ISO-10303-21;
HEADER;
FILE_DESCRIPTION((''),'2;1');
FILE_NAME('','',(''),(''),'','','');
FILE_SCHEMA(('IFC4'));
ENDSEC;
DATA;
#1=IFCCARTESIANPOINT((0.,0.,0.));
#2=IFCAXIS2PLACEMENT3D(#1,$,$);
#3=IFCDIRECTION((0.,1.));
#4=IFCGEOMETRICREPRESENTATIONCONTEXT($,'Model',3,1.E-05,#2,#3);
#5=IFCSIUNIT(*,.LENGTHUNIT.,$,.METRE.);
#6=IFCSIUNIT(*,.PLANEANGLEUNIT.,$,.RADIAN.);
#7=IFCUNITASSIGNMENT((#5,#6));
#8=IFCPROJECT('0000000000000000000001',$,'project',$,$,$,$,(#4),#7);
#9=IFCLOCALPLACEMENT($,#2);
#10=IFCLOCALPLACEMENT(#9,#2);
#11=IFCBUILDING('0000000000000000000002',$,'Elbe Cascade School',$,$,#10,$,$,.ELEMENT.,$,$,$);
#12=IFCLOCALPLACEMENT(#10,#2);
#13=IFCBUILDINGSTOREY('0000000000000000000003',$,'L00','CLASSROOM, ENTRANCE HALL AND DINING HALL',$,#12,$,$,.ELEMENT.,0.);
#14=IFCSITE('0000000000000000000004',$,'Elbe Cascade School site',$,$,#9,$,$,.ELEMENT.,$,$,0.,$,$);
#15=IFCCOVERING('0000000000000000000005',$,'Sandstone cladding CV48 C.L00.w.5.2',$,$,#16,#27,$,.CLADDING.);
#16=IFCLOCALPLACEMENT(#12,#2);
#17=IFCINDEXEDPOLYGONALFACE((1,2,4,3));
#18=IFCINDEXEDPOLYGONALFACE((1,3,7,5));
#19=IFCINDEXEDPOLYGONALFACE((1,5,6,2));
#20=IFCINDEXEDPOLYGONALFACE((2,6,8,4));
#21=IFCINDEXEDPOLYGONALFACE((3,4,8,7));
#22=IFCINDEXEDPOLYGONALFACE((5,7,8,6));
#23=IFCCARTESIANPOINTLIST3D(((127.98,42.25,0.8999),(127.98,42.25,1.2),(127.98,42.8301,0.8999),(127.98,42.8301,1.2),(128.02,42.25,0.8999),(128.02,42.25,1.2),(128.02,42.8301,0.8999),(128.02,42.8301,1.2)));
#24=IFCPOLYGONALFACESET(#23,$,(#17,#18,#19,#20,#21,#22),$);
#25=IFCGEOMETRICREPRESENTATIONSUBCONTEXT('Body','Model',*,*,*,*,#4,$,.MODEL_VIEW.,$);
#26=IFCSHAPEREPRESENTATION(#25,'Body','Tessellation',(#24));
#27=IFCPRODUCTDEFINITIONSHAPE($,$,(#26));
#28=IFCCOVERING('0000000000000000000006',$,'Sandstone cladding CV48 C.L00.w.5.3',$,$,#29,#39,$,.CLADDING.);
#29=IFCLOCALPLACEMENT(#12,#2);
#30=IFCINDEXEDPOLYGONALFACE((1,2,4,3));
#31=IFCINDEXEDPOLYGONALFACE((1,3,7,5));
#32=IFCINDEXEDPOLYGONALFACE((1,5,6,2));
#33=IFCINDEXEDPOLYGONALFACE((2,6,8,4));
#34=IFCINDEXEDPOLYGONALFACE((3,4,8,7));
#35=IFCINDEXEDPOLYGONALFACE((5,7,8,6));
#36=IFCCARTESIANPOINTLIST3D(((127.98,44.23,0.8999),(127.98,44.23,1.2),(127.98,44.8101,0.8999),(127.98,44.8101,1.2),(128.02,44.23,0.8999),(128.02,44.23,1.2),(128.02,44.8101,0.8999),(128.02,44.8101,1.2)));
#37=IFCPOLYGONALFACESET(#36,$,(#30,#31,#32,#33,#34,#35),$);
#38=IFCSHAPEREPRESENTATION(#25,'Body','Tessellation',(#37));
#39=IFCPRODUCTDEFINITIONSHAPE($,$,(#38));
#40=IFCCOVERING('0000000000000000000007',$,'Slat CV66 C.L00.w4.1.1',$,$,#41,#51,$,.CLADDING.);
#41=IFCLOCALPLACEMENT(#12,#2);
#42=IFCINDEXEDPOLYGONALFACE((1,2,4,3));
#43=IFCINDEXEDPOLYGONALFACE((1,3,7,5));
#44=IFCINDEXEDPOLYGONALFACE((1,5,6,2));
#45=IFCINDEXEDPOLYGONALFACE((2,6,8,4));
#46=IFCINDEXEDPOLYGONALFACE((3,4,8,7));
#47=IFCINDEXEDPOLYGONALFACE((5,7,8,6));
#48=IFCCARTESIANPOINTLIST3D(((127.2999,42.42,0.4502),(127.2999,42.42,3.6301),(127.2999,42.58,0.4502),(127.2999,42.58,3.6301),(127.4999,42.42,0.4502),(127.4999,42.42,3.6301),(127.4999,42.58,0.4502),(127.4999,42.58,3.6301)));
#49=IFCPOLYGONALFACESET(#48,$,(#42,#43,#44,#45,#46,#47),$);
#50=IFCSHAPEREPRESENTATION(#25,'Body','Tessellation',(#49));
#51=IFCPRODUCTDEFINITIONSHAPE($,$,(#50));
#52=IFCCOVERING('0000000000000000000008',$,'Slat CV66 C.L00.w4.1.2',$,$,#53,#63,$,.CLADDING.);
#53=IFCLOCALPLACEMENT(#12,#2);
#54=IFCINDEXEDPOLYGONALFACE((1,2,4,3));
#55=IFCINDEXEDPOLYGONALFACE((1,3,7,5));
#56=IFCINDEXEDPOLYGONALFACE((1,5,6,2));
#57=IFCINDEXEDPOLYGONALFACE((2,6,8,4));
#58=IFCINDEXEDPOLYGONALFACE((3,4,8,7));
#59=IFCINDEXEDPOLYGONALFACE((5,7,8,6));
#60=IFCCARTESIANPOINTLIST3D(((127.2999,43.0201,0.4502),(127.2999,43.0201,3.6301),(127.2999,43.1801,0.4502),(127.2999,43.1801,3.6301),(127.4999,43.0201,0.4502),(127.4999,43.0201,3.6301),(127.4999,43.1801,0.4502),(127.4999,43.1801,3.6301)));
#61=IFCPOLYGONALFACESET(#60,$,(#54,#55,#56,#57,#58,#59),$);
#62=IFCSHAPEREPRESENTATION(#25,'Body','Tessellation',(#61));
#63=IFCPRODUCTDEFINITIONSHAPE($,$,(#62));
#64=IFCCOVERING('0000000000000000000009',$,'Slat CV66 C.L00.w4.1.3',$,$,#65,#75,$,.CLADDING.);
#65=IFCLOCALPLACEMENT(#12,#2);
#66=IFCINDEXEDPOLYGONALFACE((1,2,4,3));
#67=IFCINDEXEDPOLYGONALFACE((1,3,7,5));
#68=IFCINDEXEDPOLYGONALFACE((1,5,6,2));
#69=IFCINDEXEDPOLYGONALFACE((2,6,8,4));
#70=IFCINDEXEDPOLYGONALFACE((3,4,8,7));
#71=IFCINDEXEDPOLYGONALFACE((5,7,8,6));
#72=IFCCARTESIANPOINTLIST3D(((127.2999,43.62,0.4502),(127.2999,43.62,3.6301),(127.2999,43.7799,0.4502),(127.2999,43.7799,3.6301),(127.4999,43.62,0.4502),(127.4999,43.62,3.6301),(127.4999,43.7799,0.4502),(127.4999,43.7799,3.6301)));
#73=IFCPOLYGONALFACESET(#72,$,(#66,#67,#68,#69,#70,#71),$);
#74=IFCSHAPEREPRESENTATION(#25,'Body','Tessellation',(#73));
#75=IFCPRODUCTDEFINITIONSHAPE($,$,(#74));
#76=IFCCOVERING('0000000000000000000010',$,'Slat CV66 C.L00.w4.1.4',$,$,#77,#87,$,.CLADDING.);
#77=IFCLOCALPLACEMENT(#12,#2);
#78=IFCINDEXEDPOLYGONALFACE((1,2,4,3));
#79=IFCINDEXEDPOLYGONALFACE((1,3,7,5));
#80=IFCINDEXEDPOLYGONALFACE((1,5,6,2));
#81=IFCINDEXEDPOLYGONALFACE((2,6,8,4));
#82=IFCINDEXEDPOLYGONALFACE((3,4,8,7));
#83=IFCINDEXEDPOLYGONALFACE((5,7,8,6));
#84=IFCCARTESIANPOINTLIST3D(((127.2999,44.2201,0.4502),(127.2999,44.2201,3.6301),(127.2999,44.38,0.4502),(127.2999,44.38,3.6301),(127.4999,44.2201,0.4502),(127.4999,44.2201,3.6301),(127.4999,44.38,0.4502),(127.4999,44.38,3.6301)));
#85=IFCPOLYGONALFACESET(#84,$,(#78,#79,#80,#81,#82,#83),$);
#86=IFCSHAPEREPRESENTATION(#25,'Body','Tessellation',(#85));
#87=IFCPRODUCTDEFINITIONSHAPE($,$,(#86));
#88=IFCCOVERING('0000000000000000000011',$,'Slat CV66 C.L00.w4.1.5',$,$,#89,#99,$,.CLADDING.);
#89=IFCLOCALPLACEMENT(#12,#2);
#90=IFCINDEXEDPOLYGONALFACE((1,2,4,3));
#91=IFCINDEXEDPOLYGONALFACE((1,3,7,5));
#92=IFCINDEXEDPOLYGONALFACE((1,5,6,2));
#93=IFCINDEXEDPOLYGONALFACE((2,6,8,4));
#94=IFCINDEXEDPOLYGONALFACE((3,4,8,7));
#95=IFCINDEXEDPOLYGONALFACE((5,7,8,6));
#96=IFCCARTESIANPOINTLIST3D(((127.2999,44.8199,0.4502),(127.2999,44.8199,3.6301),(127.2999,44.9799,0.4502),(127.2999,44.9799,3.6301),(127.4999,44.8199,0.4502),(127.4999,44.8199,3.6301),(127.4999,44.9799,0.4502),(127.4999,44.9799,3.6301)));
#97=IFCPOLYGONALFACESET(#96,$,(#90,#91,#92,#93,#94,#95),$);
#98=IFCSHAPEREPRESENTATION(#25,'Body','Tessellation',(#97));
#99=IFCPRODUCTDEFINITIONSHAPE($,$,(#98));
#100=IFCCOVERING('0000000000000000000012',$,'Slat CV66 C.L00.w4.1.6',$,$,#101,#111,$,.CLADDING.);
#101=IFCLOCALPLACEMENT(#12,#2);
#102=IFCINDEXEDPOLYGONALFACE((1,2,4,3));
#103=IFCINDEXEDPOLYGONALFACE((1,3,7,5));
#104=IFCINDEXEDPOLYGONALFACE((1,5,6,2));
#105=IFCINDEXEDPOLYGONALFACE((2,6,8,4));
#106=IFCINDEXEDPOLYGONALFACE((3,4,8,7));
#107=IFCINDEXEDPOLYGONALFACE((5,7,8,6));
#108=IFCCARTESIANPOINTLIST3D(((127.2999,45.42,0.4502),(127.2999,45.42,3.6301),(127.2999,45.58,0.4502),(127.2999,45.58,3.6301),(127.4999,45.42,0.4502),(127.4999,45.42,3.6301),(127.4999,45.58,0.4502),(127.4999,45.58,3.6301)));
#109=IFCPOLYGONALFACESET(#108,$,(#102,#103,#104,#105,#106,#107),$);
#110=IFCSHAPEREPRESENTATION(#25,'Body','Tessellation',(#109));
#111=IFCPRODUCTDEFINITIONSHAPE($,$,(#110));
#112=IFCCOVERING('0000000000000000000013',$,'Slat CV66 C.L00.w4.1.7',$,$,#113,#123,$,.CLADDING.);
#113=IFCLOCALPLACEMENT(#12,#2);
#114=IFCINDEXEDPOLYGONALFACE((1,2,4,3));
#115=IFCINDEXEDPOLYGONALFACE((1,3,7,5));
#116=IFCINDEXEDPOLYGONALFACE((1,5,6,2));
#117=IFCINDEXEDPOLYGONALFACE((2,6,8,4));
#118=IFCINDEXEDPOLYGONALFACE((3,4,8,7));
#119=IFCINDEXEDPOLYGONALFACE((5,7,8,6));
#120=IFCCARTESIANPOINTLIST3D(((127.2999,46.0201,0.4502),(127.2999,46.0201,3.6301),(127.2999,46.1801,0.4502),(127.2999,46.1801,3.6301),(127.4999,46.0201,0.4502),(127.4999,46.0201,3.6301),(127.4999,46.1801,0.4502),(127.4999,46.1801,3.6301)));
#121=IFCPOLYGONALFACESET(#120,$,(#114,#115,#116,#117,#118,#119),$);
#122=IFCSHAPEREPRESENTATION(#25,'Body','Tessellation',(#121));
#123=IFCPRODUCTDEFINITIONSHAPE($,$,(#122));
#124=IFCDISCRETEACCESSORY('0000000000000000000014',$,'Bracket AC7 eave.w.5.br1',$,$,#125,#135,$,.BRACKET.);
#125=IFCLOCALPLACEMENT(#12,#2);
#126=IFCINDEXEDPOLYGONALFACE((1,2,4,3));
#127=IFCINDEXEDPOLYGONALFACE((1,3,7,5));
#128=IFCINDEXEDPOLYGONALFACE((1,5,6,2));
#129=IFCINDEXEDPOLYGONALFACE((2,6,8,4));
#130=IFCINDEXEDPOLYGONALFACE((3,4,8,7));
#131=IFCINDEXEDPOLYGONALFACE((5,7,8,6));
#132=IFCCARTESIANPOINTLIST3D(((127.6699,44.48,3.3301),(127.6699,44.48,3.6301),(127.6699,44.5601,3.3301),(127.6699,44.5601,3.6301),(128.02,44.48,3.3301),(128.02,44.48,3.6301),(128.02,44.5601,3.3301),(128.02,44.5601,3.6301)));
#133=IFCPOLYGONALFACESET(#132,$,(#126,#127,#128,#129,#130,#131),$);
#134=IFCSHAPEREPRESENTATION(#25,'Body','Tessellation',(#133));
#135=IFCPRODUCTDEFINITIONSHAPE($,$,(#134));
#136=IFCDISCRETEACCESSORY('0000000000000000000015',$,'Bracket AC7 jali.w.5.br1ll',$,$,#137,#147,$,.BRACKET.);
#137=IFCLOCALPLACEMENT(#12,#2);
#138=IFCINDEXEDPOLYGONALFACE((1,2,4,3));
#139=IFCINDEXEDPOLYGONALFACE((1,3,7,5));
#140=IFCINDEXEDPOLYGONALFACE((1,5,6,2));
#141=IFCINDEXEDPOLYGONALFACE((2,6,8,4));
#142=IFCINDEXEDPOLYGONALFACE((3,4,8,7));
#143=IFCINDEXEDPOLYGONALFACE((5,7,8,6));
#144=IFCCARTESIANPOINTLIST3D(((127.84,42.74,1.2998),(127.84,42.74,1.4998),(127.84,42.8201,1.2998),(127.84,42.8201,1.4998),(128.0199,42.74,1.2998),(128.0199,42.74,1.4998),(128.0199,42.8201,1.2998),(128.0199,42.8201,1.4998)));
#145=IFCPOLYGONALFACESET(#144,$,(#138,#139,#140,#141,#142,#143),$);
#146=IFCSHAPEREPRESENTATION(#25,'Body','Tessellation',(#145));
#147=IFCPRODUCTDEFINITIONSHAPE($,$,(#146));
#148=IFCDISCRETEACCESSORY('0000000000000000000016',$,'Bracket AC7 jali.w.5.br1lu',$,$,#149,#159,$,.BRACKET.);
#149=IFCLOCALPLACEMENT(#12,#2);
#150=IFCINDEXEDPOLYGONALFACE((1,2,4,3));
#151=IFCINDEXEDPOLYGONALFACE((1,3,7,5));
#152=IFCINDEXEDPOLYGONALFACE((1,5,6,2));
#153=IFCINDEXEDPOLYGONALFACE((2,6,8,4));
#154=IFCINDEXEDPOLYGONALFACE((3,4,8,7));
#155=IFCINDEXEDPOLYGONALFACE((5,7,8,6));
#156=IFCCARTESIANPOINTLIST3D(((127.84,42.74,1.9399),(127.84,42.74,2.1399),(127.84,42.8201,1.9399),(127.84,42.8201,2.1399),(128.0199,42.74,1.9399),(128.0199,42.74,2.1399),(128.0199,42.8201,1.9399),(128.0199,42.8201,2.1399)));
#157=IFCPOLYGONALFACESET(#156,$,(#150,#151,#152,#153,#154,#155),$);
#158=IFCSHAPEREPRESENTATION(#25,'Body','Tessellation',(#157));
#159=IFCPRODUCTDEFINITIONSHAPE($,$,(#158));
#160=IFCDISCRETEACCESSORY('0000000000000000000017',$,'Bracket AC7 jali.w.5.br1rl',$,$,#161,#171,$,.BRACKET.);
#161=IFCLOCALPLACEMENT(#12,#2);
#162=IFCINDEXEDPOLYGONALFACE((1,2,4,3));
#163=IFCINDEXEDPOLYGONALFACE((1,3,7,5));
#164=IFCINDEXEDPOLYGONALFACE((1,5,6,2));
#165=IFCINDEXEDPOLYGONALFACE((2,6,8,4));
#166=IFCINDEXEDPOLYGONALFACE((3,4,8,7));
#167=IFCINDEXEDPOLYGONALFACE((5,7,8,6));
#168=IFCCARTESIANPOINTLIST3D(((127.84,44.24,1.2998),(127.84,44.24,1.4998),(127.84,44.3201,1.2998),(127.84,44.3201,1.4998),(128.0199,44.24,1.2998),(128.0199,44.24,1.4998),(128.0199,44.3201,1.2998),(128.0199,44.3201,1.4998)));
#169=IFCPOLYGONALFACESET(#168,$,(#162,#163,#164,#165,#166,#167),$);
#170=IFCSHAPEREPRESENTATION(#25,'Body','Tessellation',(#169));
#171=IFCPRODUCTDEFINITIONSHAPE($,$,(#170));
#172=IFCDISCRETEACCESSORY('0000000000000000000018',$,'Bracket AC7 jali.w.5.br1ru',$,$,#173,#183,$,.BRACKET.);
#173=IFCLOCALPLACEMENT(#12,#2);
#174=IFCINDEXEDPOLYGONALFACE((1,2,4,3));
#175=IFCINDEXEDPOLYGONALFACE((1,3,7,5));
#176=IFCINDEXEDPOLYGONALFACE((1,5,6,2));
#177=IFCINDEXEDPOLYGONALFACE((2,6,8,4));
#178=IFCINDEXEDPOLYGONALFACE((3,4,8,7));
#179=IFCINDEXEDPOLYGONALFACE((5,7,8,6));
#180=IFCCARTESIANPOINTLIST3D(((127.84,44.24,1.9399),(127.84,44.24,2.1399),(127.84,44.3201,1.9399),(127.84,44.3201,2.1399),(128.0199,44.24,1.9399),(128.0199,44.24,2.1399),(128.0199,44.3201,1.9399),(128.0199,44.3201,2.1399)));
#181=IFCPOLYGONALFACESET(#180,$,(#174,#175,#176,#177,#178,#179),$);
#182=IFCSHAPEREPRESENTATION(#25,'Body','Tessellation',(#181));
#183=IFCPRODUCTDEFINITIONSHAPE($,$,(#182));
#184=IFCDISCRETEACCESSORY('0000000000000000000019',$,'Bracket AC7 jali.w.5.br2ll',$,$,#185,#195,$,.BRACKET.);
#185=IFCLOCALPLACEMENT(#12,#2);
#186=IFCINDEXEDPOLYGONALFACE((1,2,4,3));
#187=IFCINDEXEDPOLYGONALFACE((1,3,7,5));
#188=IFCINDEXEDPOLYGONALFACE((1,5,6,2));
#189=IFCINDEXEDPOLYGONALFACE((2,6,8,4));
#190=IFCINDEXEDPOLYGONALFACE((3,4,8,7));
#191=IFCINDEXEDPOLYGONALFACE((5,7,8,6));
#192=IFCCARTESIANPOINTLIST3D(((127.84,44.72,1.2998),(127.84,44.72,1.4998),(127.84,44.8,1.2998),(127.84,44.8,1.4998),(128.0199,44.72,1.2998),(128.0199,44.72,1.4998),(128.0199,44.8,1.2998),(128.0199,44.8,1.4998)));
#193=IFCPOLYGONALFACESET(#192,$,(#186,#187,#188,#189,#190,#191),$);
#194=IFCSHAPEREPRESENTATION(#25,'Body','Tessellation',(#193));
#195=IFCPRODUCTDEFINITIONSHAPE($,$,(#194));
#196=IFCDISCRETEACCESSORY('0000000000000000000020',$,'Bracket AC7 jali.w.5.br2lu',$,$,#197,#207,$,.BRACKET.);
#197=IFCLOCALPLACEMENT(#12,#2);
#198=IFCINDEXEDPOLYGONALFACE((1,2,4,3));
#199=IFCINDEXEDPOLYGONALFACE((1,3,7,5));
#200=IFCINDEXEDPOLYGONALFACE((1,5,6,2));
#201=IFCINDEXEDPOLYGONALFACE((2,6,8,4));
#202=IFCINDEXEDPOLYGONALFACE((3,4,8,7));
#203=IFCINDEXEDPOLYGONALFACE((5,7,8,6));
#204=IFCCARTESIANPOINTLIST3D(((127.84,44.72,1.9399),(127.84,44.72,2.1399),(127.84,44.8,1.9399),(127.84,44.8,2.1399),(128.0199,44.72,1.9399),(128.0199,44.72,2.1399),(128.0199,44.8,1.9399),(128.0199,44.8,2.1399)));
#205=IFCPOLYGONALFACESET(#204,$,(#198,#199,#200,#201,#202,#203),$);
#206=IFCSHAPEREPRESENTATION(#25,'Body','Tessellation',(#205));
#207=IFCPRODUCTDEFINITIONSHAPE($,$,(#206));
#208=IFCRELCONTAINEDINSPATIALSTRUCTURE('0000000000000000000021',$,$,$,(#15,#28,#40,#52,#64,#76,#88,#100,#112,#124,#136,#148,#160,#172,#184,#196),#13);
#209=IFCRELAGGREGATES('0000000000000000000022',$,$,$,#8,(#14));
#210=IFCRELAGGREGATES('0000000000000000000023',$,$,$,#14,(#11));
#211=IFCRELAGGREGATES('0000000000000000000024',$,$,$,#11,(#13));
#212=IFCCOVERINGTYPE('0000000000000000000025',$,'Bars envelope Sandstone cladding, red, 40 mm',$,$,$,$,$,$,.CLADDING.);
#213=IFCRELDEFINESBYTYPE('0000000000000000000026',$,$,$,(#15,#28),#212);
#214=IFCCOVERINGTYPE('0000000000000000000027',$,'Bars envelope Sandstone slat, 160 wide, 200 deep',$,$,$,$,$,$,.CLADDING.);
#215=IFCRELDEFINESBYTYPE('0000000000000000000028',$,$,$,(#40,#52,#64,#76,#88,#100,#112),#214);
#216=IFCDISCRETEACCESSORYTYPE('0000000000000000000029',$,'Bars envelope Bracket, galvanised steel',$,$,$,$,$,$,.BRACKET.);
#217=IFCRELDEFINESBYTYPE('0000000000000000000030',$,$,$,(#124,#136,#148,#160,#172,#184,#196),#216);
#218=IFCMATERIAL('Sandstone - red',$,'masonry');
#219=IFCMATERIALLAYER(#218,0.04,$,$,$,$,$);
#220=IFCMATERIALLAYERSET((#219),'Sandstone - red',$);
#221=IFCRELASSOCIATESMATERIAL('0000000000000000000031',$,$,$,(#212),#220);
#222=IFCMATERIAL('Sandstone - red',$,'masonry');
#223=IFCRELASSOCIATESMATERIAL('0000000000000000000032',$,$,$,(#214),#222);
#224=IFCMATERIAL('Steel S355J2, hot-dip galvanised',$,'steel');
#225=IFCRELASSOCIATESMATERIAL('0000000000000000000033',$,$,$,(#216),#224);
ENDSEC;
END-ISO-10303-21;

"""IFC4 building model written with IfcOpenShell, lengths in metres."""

from ifc_helpers import new_model, si_unit, direction, frame, origin, origin_2d, place, context, subcontext, project, spatial, rectangle, extrude, material, layer, layer_set, type_object, element, save


model = new_model("IFC4")

# Units and contexts
model_context = context("Model", 3, precision=1e-05, world=origin(), true_north=direction((0.0, 1.0)))
body_context = subcontext(model_context, "Body", "Model", "MODEL_VIEW")
ifc_project = project(units=[si_unit("LENGTHUNIT", "METRE"), si_unit("PLANEANGLEUNIT", "RADIAN")], contexts=[model_context])

# Site, building, storey
site_placement = place(None, origin())
site = spatial("IfcSite", under=ifc_project, at=site_placement, Name="Elbe Cascade School site", CompositionType="ELEMENT", RefElevation=0.0)
building_placement = place(site_placement, origin())
building = spatial("IfcBuilding", under=site, at=building_placement, Name="Elbe Cascade School", CompositionType="ELEMENT")
storey_placement = place(building_placement, origin())
storey = spatial("IfcBuildingStorey", under=building, at=storey_placement, Name="L00", Description="CLASSROOM, ENTRANCE HALL AND DINING HALL", CompositionType="ELEMENT", Elevation=0.0)

# Coverings
ifc_material_1 = material(Name="Sandstone - red", Category="masonry")
ifc_layer_1 = layer(ifc_material_1, 0.04)
ifc_layer_set_1 = layer_set([ifc_layer_1], Name="Sandstone - red")
covering_type_1 = type_object("IfcCoveringType", Name="Bars envelope Sandstone cladding, red, 40 mm", PredefinedType="CLADDING", material=ifc_layer_set_1)
for number, where, z_axis, x_axis, name in (
    (1, (128.0, 42.54, 0.8999), (0.0, 0.0, 1.0), (0.0, 1.0, 0.0), "Sandstone cladding CV48 C.L00.w.5.2"),
    (2, (128.0, 44.52, 0.8999), (0.0, 0.0, 1.0), (0.0, 1.0, 0.0), "Sandstone cladding CV48 C.L00.w.5.3"),
):
    element("IfcCovering", number, at=place(storey_placement, frame(where, z_axis=z_axis, x_axis=x_axis)), inside=storey, type_object=covering_type_1, Name=name, PredefinedType="CLADDING", context=body_context, shape_type="SweptSolid", body=[
        extrude(rectangle(XDim=0.5801, YDim=0.04, at=origin_2d()), origin(), (0.0, 0.0, 1.0), 0.3),
    ])
ifc_material_2 = material(Name="Sandstone - red", Category="masonry")
covering_type_2 = type_object("IfcCoveringType", Name="Bars envelope Sandstone slat, 160 wide, 200 deep", PredefinedType="CLADDING", material=ifc_material_2)
for number, where, z_axis, x_axis, name in (
    (3, (127.3999, 42.5, 0.4502), (0.0, 0.0, 1.0), (0.0, 1.0, 0.0), "Slat CV66 C.L00.w4.1.1"),
    (4, (127.3999, 43.1001, 0.4502), (0.0, 0.0, 1.0), (0.0, 1.0, 0.0), "Slat CV66 C.L00.w4.1.2"),
    (5, (127.3999, 43.7, 0.4502), (0.0, 0.0, 1.0), (0.0, 1.0, 0.0), "Slat CV66 C.L00.w4.1.3"),
    (6, (127.3999, 44.3, 0.4502), (0.0, 0.0, 1.0), (0.0, 1.0, 0.0), "Slat CV66 C.L00.w4.1.4"),
    (7, (127.3999, 44.8999, 0.4502), (0.0, 0.0, 1.0), (0.0, 1.0, 0.0), "Slat CV66 C.L00.w4.1.5"),
    (8, (127.3999, 45.5, 0.4502), (0.0, 0.0, 1.0), (0.0, 1.0, 0.0), "Slat CV66 C.L00.w4.1.6"),
    (9, (127.3999, 46.1001, 0.4502), (0.0, 0.0, 1.0), (0.0, 1.0, 0.0), "Slat CV66 C.L00.w4.1.7"),
):
    element("IfcCovering", number, at=place(storey_placement, frame(where, z_axis=z_axis, x_axis=x_axis)), inside=storey, type_object=covering_type_2, Name=name, PredefinedType="CLADDING", context=body_context, shape_type="SweptSolid", body=[
        extrude(rectangle(XDim=0.1599, YDim=0.2, at=origin_2d()), origin(), (0.0, 0.0, 1.0), 3.1799),
    ])

# Discrete accessories
ifc_material_3 = material(Name="Steel S355J2, hot-dip galvanised", Category="steel")
discrete_accessory_type = type_object("IfcDiscreteAccessoryType", Name="Bars envelope Bracket, galvanised steel", PredefinedType="BRACKET", material=ifc_material_3)
discrete_accessory_placement = place(storey_placement, frame((127.845, 44.52, 3.3301), z_axis=(0.0, 0.0, 1.0), x_axis=(0.0, 1.0, 0.0)))
element("IfcDiscreteAccessory", 10, at=discrete_accessory_placement, inside=storey, type_object=discrete_accessory_type, Name="Bracket AC7 eave.w.5.br1", PredefinedType="BRACKET", context=body_context, shape_type="SweptSolid", body=[
    extrude(rectangle(XDim=0.0801, YDim=0.3501, at=origin_2d()), origin(), (0.0, 0.0, 1.0), 0.3),
])
for number, where, z_axis, x_axis, name in (
    (11, (127.9299, 42.78, 1.2998), (0.0, 0.0, 1.0), (0.0, 1.0, 0.0), "Bracket AC7 jali.w.5.br1ll"),
    (12, (127.9299, 42.78, 1.9399), (0.0, 0.0, 1.0), (0.0, 1.0, 0.0), "Bracket AC7 jali.w.5.br1lu"),
    (13, (127.9299, 44.28, 1.2998), (0.0, 0.0, 1.0), (0.0, 1.0, 0.0), "Bracket AC7 jali.w.5.br1rl"),
    (14, (127.9299, 44.28, 1.9399), (0.0, 0.0, 1.0), (0.0, 1.0, 0.0), "Bracket AC7 jali.w.5.br1ru"),
    (15, (127.9299, 44.76, 1.2998), (0.0, 0.0, 1.0), (0.0, 1.0, 0.0), "Bracket AC7 jali.w.5.br2ll"),
    (16, (127.9299, 44.76, 1.9399), (0.0, 0.0, 1.0), (0.0, 1.0, 0.0), "Bracket AC7 jali.w.5.br2lu"),
):
    element("IfcDiscreteAccessory", number, at=place(storey_placement, frame(where, z_axis=z_axis, x_axis=x_axis)), inside=storey, type_object=discrete_accessory_type, Name=name, PredefinedType="BRACKET", context=body_context, shape_type="SweptSolid", body=[
        extrude(rectangle(XDim=0.0801, YDim=0.1799, at=origin_2d()), origin(), (0.0, 0.0, 1.0), 0.2),
    ])

save(model, "model.ifc")
